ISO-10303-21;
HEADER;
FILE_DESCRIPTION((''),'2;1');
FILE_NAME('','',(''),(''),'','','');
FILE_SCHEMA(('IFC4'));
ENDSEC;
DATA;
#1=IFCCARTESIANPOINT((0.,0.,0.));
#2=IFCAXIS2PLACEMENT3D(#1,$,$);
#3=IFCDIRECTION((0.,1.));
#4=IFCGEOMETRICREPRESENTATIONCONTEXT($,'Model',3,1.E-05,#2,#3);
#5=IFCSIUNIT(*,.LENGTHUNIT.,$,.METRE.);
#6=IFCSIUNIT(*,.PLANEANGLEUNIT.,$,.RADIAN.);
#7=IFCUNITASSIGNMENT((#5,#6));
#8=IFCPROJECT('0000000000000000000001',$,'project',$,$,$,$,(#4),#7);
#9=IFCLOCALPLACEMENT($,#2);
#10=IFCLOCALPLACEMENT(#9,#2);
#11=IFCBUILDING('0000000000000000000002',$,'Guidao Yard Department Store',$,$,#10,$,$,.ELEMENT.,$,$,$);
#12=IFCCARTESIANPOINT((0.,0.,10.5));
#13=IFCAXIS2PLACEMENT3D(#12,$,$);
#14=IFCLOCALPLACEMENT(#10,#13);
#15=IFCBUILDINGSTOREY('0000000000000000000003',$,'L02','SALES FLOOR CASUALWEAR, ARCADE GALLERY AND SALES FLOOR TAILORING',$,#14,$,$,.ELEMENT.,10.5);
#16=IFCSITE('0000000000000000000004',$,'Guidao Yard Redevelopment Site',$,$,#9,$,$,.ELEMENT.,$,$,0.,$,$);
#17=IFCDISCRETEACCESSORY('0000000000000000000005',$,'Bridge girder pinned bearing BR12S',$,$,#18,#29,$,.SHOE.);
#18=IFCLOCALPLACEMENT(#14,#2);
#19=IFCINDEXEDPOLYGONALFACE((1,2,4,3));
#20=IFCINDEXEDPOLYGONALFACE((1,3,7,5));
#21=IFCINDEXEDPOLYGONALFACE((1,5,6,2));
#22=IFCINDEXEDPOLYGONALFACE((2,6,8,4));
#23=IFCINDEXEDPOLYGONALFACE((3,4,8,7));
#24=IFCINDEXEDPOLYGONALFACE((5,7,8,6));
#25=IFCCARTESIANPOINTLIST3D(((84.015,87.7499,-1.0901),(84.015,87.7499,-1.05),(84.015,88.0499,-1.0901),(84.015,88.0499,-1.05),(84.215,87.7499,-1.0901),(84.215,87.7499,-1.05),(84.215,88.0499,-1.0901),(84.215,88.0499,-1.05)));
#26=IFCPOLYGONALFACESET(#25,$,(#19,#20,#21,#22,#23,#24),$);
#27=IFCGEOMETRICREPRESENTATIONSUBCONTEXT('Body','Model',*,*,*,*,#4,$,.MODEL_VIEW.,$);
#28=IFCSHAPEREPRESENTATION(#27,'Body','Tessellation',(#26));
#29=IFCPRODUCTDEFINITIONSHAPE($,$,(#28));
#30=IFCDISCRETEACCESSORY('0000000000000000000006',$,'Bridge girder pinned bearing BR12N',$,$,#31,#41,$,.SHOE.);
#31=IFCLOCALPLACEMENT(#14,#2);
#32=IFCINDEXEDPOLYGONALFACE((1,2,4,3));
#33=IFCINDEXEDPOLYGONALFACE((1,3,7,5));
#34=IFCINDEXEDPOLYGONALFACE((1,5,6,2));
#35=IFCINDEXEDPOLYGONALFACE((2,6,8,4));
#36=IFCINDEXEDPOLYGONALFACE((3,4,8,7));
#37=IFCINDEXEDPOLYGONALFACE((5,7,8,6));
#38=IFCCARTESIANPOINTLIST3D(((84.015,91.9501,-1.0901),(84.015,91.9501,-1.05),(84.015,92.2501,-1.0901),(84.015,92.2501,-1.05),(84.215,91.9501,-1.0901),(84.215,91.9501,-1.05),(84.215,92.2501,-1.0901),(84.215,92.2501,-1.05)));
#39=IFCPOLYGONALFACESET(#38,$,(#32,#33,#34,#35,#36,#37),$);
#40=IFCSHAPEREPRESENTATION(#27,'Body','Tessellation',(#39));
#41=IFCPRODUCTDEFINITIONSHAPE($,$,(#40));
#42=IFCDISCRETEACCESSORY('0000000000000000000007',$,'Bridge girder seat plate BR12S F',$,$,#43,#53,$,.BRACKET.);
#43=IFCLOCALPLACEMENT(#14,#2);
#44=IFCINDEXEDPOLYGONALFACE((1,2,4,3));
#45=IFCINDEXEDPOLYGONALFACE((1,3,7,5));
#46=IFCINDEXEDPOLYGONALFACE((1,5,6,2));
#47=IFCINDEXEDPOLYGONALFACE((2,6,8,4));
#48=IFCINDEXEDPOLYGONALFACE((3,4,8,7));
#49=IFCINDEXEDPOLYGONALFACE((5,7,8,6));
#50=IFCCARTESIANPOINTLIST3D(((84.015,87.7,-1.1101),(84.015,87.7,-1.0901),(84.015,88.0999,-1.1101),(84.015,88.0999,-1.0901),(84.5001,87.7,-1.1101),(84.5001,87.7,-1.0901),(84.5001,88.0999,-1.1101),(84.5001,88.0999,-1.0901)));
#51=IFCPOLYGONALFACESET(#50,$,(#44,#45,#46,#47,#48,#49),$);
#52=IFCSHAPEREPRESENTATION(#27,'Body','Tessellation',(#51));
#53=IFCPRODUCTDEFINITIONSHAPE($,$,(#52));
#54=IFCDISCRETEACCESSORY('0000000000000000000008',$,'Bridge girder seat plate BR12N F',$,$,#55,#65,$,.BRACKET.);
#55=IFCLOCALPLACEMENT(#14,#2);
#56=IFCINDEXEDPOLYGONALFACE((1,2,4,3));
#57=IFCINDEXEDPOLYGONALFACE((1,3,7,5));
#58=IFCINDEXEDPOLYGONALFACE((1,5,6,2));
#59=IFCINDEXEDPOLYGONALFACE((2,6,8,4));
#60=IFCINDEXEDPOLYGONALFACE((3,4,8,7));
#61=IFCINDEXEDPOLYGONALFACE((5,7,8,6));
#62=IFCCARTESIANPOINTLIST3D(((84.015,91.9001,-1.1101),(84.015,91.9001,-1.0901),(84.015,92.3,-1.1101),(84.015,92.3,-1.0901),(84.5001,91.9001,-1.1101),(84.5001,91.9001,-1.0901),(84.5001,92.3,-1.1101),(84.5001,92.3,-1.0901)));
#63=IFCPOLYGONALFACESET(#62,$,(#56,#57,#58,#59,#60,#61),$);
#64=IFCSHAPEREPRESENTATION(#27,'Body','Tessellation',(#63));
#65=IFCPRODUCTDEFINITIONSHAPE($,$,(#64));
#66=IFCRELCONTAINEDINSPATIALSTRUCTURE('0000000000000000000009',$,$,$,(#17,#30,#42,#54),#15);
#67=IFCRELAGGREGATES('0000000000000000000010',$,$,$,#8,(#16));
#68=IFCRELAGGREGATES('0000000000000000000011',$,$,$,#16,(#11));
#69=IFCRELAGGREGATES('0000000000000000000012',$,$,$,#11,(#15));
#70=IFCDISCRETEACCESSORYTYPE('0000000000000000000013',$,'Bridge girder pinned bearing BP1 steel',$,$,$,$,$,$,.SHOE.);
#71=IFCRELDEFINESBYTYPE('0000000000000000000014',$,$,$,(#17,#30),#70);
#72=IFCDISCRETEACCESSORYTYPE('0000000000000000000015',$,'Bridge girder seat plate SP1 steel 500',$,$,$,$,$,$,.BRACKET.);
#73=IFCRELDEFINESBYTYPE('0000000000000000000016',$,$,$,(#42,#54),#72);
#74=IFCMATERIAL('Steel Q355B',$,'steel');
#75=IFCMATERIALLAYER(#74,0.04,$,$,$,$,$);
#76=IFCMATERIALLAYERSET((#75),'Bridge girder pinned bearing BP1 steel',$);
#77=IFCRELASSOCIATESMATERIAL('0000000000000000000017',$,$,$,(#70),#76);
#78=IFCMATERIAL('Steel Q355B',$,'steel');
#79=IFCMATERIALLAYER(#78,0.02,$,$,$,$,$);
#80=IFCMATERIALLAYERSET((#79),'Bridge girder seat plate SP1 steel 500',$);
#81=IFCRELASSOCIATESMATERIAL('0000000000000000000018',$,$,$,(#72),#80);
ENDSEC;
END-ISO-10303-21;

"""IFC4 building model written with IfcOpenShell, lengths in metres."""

from ifc_helpers import new_model, si_unit, direction, frame, origin, origin_2d, place, context, subcontext, project, spatial, rectangle, extrude, material, layer, layer_set, type_object, element, save


model = new_model("IFC4")

# Units and contexts
model_context = context("Model", 3, precision=1e-05, world=origin(), true_north=direction((0.0, 1.0)))
body_context = subcontext(model_context, "Body", "Model", "MODEL_VIEW")
ifc_project = project(units=[si_unit("LENGTHUNIT", "METRE"), si_unit("PLANEANGLEUNIT", "RADIAN")], contexts=[model_context])

# Site, building, storey
site_placement = place(None, origin())
site = spatial("IfcSite", under=ifc_project, at=site_placement, Name="Guidao Yard Redevelopment Site", CompositionType="ELEMENT", RefElevation=0.0)
building_placement = place(site_placement, origin())
building = spatial("IfcBuilding", under=site, at=building_placement, Name="Guidao Yard Department Store", CompositionType="ELEMENT")
storey_placement = place(building_placement, frame((0.0, 0.0, 10.5)))
storey = spatial("IfcBuildingStorey", under=building, at=storey_placement, Name="L02", Description="SALES FLOOR CASUALWEAR, ARCADE GALLERY AND SALES FLOOR TAILORING", CompositionType="ELEMENT", Elevation=10.5)

# Discrete accessories
ifc_material_1 = material(Name="Steel Q355B", Category="steel")
ifc_layer_1 = layer(ifc_material_1, 0.04)
ifc_layer_set_1 = layer_set([ifc_layer_1], Name="Bridge girder pinned bearing BP1 steel")
discrete_accessory_type_1 = type_object("IfcDiscreteAccessoryType", Name="Bridge girder pinned bearing BP1 steel", PredefinedType="SHOE", material=ifc_layer_set_1)
for number, where, z_axis, x_axis, name in (
    (1, (84.115, 87.8999, -1.0901), (0.0, 0.0, 1.0), (1.0, 0.0, 0.0), "Bridge girder pinned bearing BR12S"),
    (2, (84.115, 92.1001, -1.0901), (0.0, 0.0, 1.0), (1.0, 0.0, 0.0), "Bridge girder pinned bearing BR12N"),
):
    element("IfcDiscreteAccessory", number, at=place(storey_placement, frame(where, z_axis=z_axis, x_axis=x_axis)), inside=storey, type_object=discrete_accessory_type_1, Name=name, PredefinedType="SHOE", context=body_context, shape_type="SweptSolid", body=[
        extrude(rectangle(XDim=0.2, YDim=0.3, at=origin_2d()), origin(), (0.0, 0.0, 1.0), 0.04),
    ])
ifc_material_2 = material(Name="Steel Q355B", Category="steel")
ifc_layer_2 = layer(ifc_material_2, 0.02)
ifc_layer_set_2 = layer_set([ifc_layer_2], Name="Bridge girder seat plate SP1 steel 500")
discrete_accessory_type_2 = type_object("IfcDiscreteAccessoryType", Name="Bridge girder seat plate SP1 steel 500", PredefinedType="BRACKET", material=ifc_layer_set_2)
for number, where, z_axis, x_axis, name in (
    (3, (84.2576, 87.8999, -1.1101), (0.0, 0.0, 1.0), (1.0, 0.0, 0.0), "Bridge girder seat plate BR12S F"),
    (4, (84.2576, 92.1001, -1.1101), (0.0, 0.0, 1.0), (1.0, 0.0, 0.0), "Bridge girder seat plate BR12N F"),
):
    element("IfcDiscreteAccessory", number, at=place(storey_placement, frame(where, z_axis=z_axis, x_axis=x_axis)), inside=storey, type_object=discrete_accessory_type_2, Name=name, PredefinedType="BRACKET", context=body_context, shape_type="SweptSolid", body=[
        extrude(rectangle(XDim=0.4851, YDim=0.3999, at=origin_2d()), origin(), (0.0, 0.0, 1.0), 0.02),
    ])

save(model, "model.ifc")
